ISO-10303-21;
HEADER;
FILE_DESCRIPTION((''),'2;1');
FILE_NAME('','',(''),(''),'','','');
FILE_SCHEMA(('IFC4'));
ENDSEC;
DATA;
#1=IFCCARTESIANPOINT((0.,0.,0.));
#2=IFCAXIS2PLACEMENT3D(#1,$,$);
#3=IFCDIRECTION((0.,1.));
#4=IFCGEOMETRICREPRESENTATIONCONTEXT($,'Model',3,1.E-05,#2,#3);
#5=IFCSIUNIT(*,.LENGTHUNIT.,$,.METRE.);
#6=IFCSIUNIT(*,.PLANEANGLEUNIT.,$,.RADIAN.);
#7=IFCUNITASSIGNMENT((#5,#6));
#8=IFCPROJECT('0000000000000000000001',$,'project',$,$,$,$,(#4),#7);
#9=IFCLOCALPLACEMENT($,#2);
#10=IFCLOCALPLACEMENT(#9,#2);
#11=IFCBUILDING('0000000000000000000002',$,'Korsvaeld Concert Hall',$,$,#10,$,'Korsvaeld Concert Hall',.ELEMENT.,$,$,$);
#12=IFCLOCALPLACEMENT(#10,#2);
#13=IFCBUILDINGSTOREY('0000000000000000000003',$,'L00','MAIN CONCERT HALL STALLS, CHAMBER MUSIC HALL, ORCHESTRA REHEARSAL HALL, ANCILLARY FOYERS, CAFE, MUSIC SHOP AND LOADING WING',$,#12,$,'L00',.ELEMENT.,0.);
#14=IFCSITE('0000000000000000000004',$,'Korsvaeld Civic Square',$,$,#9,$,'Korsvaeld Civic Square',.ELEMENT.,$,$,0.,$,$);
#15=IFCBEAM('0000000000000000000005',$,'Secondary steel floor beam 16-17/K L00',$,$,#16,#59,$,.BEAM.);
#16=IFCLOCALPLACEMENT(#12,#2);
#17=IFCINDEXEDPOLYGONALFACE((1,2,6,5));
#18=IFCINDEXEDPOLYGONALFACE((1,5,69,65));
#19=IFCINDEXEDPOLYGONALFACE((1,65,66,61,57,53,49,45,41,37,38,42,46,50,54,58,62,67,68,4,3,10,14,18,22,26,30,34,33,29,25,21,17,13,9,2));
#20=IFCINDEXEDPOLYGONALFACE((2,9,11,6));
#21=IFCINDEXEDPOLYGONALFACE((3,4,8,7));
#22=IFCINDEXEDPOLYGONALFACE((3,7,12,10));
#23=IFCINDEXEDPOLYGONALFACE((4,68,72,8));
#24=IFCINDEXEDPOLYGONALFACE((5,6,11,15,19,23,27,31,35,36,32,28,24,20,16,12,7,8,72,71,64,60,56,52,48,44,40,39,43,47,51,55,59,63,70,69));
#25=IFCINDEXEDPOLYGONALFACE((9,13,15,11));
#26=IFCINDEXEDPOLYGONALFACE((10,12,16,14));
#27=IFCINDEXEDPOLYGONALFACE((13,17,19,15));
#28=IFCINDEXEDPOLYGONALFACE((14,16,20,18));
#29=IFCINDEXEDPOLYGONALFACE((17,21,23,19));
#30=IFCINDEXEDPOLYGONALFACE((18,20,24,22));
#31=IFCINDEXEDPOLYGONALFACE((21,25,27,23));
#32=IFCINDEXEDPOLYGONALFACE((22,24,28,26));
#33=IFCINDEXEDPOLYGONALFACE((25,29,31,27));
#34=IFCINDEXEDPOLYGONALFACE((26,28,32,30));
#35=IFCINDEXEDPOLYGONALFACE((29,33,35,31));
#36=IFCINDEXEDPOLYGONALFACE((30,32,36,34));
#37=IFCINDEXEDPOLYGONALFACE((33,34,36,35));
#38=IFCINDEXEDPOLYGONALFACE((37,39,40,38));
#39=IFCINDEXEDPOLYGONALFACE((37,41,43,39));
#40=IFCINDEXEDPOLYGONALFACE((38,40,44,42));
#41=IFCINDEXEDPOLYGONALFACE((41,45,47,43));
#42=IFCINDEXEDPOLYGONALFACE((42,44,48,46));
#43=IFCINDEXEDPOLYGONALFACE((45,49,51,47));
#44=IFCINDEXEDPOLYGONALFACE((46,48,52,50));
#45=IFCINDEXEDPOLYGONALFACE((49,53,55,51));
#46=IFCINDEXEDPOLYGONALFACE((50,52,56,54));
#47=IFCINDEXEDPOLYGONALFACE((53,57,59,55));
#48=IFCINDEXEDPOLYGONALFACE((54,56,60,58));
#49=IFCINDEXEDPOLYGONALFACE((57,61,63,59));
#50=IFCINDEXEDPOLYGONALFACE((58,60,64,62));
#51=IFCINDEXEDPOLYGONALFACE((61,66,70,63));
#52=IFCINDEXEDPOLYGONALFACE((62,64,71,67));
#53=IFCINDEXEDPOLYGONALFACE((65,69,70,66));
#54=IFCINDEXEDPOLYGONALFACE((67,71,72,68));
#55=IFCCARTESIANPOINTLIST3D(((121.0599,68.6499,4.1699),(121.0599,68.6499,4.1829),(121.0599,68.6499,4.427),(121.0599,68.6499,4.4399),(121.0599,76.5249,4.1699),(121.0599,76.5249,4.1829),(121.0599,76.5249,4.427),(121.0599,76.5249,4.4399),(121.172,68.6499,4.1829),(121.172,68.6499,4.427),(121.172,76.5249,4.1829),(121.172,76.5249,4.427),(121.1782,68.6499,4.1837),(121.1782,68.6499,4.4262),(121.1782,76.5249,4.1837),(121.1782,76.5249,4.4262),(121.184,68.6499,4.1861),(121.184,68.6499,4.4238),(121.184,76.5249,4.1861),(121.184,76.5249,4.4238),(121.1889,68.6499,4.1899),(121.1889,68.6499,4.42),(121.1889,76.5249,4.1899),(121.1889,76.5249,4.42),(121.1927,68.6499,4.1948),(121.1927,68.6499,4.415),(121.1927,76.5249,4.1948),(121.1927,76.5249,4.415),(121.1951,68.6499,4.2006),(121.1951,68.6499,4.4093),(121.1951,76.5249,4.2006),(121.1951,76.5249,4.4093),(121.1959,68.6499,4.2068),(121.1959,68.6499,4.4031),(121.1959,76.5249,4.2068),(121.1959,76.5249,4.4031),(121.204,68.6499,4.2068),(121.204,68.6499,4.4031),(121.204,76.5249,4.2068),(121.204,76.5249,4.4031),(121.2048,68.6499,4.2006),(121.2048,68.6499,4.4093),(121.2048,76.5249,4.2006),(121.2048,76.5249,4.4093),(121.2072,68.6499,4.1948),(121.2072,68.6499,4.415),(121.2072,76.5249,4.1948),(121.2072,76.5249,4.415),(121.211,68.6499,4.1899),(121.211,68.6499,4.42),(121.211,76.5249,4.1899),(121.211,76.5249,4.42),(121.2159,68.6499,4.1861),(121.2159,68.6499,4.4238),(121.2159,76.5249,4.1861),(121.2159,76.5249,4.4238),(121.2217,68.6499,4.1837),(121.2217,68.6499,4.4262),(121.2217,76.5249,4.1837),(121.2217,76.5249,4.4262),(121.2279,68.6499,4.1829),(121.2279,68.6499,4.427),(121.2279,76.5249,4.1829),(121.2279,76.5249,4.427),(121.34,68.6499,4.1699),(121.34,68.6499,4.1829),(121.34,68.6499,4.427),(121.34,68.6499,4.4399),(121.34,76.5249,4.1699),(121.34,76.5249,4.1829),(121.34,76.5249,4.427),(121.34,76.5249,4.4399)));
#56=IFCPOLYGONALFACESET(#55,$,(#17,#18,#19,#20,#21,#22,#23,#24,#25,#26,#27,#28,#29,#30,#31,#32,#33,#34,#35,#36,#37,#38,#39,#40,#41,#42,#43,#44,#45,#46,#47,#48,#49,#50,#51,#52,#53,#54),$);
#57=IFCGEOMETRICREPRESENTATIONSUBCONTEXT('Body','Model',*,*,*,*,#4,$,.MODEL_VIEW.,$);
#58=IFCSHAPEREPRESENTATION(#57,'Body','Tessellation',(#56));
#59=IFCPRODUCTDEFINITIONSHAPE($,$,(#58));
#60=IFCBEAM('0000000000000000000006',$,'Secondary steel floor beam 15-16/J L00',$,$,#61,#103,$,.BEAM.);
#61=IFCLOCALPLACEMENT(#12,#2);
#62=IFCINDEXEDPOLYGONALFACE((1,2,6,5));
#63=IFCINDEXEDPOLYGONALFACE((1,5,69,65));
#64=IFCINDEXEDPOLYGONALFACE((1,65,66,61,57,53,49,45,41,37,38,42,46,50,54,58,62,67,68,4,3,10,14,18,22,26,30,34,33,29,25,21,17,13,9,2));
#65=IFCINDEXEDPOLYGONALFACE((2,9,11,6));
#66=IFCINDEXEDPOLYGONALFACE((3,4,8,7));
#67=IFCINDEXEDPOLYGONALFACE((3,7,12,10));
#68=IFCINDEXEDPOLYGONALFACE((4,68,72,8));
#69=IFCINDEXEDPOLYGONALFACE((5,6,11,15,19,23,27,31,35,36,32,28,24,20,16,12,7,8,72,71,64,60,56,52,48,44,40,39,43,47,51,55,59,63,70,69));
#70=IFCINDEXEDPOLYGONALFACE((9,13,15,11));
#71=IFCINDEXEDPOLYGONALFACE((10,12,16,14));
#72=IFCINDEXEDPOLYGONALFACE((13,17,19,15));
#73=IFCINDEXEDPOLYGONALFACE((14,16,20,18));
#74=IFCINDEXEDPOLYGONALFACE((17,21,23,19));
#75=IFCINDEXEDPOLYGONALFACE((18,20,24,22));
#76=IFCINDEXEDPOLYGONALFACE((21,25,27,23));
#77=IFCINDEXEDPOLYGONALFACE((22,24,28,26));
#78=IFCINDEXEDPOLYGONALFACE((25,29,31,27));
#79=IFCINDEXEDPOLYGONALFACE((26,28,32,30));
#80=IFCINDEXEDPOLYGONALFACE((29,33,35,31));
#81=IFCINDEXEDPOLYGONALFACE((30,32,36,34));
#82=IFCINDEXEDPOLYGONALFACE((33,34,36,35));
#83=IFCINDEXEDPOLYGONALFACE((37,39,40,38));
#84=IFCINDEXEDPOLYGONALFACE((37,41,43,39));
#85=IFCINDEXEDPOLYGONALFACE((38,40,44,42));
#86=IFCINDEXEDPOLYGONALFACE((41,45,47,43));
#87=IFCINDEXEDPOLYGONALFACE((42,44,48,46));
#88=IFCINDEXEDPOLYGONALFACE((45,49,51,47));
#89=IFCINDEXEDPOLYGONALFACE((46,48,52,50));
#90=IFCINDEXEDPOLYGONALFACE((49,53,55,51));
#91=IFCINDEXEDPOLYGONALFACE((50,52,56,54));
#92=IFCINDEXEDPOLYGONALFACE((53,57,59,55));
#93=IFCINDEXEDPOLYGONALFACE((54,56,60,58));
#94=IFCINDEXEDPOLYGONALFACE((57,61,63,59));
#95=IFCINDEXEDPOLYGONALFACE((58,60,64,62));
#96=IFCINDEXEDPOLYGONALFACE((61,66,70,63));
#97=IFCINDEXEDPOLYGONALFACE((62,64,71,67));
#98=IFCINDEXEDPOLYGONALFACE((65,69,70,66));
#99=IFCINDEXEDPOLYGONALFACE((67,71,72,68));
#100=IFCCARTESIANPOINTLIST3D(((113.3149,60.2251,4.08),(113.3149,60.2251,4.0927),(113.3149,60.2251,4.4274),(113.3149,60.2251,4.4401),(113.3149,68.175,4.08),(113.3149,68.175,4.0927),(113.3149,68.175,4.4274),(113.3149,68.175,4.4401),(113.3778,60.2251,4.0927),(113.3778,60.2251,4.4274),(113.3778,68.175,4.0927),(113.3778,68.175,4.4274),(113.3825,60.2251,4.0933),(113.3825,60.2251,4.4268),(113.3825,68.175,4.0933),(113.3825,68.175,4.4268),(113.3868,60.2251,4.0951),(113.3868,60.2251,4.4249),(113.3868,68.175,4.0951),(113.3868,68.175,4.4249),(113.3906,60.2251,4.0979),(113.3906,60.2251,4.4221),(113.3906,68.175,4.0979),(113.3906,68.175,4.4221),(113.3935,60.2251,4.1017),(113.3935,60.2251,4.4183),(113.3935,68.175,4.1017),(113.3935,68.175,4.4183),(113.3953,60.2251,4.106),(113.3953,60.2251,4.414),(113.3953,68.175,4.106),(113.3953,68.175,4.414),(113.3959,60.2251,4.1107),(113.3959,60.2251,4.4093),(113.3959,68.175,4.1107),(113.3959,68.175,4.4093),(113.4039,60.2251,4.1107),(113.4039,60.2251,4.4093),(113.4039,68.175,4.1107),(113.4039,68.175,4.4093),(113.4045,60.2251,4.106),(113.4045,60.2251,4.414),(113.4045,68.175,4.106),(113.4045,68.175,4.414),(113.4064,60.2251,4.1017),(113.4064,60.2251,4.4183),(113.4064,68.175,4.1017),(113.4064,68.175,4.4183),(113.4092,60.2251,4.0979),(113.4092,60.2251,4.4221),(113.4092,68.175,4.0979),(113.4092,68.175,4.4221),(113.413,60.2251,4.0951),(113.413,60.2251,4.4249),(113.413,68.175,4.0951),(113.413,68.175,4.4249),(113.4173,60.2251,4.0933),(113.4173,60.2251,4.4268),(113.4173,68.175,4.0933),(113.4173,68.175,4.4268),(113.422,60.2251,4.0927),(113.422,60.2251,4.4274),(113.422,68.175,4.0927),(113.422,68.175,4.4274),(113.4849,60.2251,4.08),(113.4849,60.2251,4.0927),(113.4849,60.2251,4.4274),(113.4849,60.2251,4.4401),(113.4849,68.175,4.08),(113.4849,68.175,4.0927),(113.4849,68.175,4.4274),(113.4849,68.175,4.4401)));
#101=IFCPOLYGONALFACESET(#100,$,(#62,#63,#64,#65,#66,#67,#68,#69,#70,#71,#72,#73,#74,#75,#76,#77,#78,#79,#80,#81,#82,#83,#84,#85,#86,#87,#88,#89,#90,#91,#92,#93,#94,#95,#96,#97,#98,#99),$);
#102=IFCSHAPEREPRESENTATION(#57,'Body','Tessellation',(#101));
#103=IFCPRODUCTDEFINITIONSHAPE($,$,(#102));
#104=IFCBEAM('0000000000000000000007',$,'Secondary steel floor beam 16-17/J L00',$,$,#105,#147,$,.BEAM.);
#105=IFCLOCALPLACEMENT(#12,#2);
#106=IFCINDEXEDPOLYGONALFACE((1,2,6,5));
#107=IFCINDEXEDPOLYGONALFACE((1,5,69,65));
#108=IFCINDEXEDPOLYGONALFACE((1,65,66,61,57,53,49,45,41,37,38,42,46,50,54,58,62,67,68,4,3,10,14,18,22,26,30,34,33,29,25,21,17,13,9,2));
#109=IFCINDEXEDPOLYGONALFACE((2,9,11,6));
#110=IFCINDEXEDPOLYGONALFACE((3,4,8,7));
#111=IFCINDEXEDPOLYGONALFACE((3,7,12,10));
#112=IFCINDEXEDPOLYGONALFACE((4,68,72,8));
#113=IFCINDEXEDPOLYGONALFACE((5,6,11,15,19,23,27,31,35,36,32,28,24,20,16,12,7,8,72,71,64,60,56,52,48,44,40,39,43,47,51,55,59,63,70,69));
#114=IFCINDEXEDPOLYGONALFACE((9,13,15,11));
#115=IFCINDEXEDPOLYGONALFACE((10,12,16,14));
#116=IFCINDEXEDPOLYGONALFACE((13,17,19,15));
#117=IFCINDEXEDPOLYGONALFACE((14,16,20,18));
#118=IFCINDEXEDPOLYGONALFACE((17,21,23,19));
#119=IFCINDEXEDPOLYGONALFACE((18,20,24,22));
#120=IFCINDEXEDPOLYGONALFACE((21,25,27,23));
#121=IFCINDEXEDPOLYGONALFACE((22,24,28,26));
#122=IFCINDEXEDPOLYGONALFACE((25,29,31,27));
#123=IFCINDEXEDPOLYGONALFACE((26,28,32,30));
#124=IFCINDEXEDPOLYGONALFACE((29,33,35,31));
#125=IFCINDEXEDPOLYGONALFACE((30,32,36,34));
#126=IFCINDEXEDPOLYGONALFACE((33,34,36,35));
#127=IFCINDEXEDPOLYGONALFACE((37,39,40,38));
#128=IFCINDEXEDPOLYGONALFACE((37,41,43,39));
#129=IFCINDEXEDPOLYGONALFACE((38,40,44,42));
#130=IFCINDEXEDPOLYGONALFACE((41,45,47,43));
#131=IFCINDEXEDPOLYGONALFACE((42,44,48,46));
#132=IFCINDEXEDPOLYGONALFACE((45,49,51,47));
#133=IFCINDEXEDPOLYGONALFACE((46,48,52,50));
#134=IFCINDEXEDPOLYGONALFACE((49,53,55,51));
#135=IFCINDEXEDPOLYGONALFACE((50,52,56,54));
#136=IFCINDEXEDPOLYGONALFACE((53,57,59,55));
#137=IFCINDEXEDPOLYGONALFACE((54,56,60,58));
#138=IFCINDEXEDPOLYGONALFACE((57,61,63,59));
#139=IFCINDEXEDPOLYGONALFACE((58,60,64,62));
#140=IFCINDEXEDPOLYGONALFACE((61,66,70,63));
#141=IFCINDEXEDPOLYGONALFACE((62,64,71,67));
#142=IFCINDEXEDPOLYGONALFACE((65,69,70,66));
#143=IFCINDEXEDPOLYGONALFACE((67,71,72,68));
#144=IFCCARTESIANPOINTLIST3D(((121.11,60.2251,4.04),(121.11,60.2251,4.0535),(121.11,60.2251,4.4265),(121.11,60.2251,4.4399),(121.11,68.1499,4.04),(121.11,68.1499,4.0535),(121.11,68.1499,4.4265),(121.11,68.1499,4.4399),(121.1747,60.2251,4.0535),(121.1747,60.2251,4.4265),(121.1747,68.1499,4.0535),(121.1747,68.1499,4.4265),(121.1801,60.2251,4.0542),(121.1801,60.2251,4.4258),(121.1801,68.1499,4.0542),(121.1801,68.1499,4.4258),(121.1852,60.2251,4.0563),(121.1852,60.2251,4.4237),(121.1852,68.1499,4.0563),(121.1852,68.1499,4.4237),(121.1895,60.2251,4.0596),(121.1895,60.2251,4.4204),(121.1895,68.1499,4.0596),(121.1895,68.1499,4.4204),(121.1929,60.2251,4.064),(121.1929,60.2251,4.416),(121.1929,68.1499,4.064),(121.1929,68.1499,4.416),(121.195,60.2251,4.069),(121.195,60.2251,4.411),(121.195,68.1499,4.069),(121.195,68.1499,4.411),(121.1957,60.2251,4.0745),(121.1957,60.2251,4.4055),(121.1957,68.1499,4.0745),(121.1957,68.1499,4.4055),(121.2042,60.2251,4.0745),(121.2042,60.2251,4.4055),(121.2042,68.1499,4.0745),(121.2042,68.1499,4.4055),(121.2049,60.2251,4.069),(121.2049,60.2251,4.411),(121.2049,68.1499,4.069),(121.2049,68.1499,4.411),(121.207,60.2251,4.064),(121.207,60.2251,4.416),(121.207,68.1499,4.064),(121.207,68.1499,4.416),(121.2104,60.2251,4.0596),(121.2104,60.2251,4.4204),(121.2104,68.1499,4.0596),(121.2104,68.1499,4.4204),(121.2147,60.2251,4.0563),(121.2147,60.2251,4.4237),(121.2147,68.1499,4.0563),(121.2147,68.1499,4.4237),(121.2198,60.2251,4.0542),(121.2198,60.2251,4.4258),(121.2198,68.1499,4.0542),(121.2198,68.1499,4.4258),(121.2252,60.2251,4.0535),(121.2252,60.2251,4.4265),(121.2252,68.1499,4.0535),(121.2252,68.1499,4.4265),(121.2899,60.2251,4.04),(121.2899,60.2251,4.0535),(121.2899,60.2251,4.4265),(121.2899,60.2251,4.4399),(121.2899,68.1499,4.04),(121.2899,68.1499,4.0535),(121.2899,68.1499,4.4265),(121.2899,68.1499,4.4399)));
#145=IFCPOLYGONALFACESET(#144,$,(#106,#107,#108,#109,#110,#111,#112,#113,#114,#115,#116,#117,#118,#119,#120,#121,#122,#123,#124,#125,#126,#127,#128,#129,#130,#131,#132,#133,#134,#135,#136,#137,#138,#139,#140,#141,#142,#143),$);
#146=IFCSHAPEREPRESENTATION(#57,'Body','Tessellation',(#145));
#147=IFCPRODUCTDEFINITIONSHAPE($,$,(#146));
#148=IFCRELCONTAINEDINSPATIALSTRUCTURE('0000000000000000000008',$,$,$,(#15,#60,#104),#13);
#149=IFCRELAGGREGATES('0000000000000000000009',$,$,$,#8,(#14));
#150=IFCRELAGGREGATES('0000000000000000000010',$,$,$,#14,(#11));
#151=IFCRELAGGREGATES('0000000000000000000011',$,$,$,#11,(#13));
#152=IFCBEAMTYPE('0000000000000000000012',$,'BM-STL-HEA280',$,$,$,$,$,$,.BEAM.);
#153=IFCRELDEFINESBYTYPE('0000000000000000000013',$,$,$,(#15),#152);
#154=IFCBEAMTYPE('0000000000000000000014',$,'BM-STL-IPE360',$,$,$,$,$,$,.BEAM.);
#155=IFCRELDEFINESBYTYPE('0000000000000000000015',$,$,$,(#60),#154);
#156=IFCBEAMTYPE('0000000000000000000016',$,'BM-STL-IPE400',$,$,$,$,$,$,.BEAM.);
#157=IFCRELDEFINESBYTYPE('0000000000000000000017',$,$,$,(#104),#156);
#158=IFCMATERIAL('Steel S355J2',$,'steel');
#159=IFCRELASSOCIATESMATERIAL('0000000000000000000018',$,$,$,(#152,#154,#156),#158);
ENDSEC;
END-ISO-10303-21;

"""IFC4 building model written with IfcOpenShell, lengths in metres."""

from ifc_helpers import new_model, si_unit, direction, frame, origin, origin_2d, place, context, subcontext, project, spatial, i_section, extrude, material, material_profile, profile_set, type_object, element, save


model = new_model("IFC4")

# Units and contexts
model_context = context("Model", 3, precision=1e-05, world=origin(), true_north=direction((0.0, 1.0)))
body_context = subcontext(model_context, "Body", "Model", "MODEL_VIEW")
ifc_project = project(units=[si_unit("LENGTHUNIT", "METRE"), si_unit("PLANEANGLEUNIT", "RADIAN")], contexts=[model_context])

# Site, building, storey
site_placement = place(None, origin())
site = spatial("IfcSite", under=ifc_project, at=site_placement, Name="Korsvaeld Civic Square", LongName="Korsvaeld Civic Square", CompositionType="ELEMENT", RefElevation=0.0)
building_placement = place(site_placement, origin())
building = spatial("IfcBuilding", under=site, at=building_placement, Name="Korsvaeld Concert Hall", LongName="Korsvaeld Concert Hall", CompositionType="ELEMENT")
storey_placement = place(building_placement, origin())
storey = spatial("IfcBuildingStorey", under=building, at=storey_placement, Name="L00", Description="MAIN CONCERT HALL STALLS, CHAMBER MUSIC HALL, ORCHESTRA REHEARSAL HALL, ANCILLARY FOYERS, CAFE, MUSIC SHOP AND LOADING WING", LongName="L00", CompositionType="ELEMENT", Elevation=0.0)

# Beams
ifc_material_1 = material(Name="Steel S355J2", Category="steel")
ifc_material_profile_1 = material_profile(ifc_material_1, i_section(OverallWidth=0.28, OverallDepth=0.27, WebThickness=0.0081, FlangeThickness=0.0129, FilletRadius=0.0239, at=origin_2d()), Name="HEA 280")
ifc_profile_set_1 = profile_set([ifc_material_profile_1], Name="Steel S355J2")
beam_type_1 = type_object("IfcBeamType", Name="BM-STL-HEA280", PredefinedType="BEAM", material=ifc_profile_set_1)
beam_1_placement = place(storey_placement, frame((121.2, 68.6499, 4.3049), z_axis=(0.0, 1.0, 0.0), x_axis=(-1.0, 0.0, 0.0)))
element("IfcBeam", 1, at=beam_1_placement, inside=storey, type_object=beam_type_1, Name="Secondary steel floor beam 16-17/K L00", PredefinedType="BEAM", context=body_context, shape_type="SweptSolid", body=[
    extrude(i_section(OverallWidth=0.28, OverallDepth=0.27, WebThickness=0.0081, FlangeThickness=0.0129, FilletRadius=0.0239, at=origin_2d()), origin(), (0.0, 0.0, 1.0), 7.875),
])
ifc_material_profile_2 = material_profile(ifc_material_1, i_section(OverallWidth=0.1699, OverallDepth=0.3601, WebThickness=0.0081, FlangeThickness=0.0127, FilletRadius=0.0181, at=origin_2d()), Name="IPE 360")
ifc_profile_set_2 = profile_set([ifc_material_profile_2], Name="Steel S355J2")
beam_type_2 = type_object("IfcBeamType", Name="BM-STL-IPE360", PredefinedType="BEAM", material=ifc_profile_set_2)
beam_2_placement = place(storey_placement, frame((113.3999, 60.2251, 4.26), z_axis=(0.0, 1.0, 0.0), x_axis=(-1.0, 0.0, 0.0)))
element("IfcBeam", 2, at=beam_2_placement, inside=storey, type_object=beam_type_2, Name="Secondary steel floor beam 15-16/J L00", PredefinedType="BEAM", context=body_context, shape_type="SweptSolid", body=[
    extrude(i_section(OverallWidth=0.1699, OverallDepth=0.3601, WebThickness=0.0081, FlangeThickness=0.0127, FilletRadius=0.0181, at=origin_2d()), origin(), (0.0, 0.0, 1.0), 7.95),
])
ifc_material_profile_3 = material_profile(ifc_material_1, i_section(OverallWidth=0.1799, OverallDepth=0.3999, WebThickness=0.0085, FlangeThickness=0.0134, FilletRadius=0.021, at=origin_2d()), Name="IPE 400")
ifc_profile_set_3 = profile_set([ifc_material_profile_3], Name="Steel S355J2")
beam_type_3 = type_object("IfcBeamType", Name="BM-STL-IPE400", PredefinedType="BEAM", material=ifc_profile_set_3)
beam_3_placement = place(storey_placement, frame((121.2, 60.2251, 4.24), z_axis=(0.0, 1.0, 0.0), x_axis=(-1.0, 0.0, 0.0)))
element("IfcBeam", 3, at=beam_3_placement, inside=storey, type_object=beam_type_3, Name="Secondary steel floor beam 16-17/J L00", PredefinedType="BEAM", context=body_context, shape_type="SweptSolid", body=[
    extrude(i_section(OverallWidth=0.1799, OverallDepth=0.3999, WebThickness=0.0085, FlangeThickness=0.0134, FilletRadius=0.021, at=origin_2d()), origin(), (0.0, 0.0, 1.0), 7.9248),
])

save(model, "model.ifc")
